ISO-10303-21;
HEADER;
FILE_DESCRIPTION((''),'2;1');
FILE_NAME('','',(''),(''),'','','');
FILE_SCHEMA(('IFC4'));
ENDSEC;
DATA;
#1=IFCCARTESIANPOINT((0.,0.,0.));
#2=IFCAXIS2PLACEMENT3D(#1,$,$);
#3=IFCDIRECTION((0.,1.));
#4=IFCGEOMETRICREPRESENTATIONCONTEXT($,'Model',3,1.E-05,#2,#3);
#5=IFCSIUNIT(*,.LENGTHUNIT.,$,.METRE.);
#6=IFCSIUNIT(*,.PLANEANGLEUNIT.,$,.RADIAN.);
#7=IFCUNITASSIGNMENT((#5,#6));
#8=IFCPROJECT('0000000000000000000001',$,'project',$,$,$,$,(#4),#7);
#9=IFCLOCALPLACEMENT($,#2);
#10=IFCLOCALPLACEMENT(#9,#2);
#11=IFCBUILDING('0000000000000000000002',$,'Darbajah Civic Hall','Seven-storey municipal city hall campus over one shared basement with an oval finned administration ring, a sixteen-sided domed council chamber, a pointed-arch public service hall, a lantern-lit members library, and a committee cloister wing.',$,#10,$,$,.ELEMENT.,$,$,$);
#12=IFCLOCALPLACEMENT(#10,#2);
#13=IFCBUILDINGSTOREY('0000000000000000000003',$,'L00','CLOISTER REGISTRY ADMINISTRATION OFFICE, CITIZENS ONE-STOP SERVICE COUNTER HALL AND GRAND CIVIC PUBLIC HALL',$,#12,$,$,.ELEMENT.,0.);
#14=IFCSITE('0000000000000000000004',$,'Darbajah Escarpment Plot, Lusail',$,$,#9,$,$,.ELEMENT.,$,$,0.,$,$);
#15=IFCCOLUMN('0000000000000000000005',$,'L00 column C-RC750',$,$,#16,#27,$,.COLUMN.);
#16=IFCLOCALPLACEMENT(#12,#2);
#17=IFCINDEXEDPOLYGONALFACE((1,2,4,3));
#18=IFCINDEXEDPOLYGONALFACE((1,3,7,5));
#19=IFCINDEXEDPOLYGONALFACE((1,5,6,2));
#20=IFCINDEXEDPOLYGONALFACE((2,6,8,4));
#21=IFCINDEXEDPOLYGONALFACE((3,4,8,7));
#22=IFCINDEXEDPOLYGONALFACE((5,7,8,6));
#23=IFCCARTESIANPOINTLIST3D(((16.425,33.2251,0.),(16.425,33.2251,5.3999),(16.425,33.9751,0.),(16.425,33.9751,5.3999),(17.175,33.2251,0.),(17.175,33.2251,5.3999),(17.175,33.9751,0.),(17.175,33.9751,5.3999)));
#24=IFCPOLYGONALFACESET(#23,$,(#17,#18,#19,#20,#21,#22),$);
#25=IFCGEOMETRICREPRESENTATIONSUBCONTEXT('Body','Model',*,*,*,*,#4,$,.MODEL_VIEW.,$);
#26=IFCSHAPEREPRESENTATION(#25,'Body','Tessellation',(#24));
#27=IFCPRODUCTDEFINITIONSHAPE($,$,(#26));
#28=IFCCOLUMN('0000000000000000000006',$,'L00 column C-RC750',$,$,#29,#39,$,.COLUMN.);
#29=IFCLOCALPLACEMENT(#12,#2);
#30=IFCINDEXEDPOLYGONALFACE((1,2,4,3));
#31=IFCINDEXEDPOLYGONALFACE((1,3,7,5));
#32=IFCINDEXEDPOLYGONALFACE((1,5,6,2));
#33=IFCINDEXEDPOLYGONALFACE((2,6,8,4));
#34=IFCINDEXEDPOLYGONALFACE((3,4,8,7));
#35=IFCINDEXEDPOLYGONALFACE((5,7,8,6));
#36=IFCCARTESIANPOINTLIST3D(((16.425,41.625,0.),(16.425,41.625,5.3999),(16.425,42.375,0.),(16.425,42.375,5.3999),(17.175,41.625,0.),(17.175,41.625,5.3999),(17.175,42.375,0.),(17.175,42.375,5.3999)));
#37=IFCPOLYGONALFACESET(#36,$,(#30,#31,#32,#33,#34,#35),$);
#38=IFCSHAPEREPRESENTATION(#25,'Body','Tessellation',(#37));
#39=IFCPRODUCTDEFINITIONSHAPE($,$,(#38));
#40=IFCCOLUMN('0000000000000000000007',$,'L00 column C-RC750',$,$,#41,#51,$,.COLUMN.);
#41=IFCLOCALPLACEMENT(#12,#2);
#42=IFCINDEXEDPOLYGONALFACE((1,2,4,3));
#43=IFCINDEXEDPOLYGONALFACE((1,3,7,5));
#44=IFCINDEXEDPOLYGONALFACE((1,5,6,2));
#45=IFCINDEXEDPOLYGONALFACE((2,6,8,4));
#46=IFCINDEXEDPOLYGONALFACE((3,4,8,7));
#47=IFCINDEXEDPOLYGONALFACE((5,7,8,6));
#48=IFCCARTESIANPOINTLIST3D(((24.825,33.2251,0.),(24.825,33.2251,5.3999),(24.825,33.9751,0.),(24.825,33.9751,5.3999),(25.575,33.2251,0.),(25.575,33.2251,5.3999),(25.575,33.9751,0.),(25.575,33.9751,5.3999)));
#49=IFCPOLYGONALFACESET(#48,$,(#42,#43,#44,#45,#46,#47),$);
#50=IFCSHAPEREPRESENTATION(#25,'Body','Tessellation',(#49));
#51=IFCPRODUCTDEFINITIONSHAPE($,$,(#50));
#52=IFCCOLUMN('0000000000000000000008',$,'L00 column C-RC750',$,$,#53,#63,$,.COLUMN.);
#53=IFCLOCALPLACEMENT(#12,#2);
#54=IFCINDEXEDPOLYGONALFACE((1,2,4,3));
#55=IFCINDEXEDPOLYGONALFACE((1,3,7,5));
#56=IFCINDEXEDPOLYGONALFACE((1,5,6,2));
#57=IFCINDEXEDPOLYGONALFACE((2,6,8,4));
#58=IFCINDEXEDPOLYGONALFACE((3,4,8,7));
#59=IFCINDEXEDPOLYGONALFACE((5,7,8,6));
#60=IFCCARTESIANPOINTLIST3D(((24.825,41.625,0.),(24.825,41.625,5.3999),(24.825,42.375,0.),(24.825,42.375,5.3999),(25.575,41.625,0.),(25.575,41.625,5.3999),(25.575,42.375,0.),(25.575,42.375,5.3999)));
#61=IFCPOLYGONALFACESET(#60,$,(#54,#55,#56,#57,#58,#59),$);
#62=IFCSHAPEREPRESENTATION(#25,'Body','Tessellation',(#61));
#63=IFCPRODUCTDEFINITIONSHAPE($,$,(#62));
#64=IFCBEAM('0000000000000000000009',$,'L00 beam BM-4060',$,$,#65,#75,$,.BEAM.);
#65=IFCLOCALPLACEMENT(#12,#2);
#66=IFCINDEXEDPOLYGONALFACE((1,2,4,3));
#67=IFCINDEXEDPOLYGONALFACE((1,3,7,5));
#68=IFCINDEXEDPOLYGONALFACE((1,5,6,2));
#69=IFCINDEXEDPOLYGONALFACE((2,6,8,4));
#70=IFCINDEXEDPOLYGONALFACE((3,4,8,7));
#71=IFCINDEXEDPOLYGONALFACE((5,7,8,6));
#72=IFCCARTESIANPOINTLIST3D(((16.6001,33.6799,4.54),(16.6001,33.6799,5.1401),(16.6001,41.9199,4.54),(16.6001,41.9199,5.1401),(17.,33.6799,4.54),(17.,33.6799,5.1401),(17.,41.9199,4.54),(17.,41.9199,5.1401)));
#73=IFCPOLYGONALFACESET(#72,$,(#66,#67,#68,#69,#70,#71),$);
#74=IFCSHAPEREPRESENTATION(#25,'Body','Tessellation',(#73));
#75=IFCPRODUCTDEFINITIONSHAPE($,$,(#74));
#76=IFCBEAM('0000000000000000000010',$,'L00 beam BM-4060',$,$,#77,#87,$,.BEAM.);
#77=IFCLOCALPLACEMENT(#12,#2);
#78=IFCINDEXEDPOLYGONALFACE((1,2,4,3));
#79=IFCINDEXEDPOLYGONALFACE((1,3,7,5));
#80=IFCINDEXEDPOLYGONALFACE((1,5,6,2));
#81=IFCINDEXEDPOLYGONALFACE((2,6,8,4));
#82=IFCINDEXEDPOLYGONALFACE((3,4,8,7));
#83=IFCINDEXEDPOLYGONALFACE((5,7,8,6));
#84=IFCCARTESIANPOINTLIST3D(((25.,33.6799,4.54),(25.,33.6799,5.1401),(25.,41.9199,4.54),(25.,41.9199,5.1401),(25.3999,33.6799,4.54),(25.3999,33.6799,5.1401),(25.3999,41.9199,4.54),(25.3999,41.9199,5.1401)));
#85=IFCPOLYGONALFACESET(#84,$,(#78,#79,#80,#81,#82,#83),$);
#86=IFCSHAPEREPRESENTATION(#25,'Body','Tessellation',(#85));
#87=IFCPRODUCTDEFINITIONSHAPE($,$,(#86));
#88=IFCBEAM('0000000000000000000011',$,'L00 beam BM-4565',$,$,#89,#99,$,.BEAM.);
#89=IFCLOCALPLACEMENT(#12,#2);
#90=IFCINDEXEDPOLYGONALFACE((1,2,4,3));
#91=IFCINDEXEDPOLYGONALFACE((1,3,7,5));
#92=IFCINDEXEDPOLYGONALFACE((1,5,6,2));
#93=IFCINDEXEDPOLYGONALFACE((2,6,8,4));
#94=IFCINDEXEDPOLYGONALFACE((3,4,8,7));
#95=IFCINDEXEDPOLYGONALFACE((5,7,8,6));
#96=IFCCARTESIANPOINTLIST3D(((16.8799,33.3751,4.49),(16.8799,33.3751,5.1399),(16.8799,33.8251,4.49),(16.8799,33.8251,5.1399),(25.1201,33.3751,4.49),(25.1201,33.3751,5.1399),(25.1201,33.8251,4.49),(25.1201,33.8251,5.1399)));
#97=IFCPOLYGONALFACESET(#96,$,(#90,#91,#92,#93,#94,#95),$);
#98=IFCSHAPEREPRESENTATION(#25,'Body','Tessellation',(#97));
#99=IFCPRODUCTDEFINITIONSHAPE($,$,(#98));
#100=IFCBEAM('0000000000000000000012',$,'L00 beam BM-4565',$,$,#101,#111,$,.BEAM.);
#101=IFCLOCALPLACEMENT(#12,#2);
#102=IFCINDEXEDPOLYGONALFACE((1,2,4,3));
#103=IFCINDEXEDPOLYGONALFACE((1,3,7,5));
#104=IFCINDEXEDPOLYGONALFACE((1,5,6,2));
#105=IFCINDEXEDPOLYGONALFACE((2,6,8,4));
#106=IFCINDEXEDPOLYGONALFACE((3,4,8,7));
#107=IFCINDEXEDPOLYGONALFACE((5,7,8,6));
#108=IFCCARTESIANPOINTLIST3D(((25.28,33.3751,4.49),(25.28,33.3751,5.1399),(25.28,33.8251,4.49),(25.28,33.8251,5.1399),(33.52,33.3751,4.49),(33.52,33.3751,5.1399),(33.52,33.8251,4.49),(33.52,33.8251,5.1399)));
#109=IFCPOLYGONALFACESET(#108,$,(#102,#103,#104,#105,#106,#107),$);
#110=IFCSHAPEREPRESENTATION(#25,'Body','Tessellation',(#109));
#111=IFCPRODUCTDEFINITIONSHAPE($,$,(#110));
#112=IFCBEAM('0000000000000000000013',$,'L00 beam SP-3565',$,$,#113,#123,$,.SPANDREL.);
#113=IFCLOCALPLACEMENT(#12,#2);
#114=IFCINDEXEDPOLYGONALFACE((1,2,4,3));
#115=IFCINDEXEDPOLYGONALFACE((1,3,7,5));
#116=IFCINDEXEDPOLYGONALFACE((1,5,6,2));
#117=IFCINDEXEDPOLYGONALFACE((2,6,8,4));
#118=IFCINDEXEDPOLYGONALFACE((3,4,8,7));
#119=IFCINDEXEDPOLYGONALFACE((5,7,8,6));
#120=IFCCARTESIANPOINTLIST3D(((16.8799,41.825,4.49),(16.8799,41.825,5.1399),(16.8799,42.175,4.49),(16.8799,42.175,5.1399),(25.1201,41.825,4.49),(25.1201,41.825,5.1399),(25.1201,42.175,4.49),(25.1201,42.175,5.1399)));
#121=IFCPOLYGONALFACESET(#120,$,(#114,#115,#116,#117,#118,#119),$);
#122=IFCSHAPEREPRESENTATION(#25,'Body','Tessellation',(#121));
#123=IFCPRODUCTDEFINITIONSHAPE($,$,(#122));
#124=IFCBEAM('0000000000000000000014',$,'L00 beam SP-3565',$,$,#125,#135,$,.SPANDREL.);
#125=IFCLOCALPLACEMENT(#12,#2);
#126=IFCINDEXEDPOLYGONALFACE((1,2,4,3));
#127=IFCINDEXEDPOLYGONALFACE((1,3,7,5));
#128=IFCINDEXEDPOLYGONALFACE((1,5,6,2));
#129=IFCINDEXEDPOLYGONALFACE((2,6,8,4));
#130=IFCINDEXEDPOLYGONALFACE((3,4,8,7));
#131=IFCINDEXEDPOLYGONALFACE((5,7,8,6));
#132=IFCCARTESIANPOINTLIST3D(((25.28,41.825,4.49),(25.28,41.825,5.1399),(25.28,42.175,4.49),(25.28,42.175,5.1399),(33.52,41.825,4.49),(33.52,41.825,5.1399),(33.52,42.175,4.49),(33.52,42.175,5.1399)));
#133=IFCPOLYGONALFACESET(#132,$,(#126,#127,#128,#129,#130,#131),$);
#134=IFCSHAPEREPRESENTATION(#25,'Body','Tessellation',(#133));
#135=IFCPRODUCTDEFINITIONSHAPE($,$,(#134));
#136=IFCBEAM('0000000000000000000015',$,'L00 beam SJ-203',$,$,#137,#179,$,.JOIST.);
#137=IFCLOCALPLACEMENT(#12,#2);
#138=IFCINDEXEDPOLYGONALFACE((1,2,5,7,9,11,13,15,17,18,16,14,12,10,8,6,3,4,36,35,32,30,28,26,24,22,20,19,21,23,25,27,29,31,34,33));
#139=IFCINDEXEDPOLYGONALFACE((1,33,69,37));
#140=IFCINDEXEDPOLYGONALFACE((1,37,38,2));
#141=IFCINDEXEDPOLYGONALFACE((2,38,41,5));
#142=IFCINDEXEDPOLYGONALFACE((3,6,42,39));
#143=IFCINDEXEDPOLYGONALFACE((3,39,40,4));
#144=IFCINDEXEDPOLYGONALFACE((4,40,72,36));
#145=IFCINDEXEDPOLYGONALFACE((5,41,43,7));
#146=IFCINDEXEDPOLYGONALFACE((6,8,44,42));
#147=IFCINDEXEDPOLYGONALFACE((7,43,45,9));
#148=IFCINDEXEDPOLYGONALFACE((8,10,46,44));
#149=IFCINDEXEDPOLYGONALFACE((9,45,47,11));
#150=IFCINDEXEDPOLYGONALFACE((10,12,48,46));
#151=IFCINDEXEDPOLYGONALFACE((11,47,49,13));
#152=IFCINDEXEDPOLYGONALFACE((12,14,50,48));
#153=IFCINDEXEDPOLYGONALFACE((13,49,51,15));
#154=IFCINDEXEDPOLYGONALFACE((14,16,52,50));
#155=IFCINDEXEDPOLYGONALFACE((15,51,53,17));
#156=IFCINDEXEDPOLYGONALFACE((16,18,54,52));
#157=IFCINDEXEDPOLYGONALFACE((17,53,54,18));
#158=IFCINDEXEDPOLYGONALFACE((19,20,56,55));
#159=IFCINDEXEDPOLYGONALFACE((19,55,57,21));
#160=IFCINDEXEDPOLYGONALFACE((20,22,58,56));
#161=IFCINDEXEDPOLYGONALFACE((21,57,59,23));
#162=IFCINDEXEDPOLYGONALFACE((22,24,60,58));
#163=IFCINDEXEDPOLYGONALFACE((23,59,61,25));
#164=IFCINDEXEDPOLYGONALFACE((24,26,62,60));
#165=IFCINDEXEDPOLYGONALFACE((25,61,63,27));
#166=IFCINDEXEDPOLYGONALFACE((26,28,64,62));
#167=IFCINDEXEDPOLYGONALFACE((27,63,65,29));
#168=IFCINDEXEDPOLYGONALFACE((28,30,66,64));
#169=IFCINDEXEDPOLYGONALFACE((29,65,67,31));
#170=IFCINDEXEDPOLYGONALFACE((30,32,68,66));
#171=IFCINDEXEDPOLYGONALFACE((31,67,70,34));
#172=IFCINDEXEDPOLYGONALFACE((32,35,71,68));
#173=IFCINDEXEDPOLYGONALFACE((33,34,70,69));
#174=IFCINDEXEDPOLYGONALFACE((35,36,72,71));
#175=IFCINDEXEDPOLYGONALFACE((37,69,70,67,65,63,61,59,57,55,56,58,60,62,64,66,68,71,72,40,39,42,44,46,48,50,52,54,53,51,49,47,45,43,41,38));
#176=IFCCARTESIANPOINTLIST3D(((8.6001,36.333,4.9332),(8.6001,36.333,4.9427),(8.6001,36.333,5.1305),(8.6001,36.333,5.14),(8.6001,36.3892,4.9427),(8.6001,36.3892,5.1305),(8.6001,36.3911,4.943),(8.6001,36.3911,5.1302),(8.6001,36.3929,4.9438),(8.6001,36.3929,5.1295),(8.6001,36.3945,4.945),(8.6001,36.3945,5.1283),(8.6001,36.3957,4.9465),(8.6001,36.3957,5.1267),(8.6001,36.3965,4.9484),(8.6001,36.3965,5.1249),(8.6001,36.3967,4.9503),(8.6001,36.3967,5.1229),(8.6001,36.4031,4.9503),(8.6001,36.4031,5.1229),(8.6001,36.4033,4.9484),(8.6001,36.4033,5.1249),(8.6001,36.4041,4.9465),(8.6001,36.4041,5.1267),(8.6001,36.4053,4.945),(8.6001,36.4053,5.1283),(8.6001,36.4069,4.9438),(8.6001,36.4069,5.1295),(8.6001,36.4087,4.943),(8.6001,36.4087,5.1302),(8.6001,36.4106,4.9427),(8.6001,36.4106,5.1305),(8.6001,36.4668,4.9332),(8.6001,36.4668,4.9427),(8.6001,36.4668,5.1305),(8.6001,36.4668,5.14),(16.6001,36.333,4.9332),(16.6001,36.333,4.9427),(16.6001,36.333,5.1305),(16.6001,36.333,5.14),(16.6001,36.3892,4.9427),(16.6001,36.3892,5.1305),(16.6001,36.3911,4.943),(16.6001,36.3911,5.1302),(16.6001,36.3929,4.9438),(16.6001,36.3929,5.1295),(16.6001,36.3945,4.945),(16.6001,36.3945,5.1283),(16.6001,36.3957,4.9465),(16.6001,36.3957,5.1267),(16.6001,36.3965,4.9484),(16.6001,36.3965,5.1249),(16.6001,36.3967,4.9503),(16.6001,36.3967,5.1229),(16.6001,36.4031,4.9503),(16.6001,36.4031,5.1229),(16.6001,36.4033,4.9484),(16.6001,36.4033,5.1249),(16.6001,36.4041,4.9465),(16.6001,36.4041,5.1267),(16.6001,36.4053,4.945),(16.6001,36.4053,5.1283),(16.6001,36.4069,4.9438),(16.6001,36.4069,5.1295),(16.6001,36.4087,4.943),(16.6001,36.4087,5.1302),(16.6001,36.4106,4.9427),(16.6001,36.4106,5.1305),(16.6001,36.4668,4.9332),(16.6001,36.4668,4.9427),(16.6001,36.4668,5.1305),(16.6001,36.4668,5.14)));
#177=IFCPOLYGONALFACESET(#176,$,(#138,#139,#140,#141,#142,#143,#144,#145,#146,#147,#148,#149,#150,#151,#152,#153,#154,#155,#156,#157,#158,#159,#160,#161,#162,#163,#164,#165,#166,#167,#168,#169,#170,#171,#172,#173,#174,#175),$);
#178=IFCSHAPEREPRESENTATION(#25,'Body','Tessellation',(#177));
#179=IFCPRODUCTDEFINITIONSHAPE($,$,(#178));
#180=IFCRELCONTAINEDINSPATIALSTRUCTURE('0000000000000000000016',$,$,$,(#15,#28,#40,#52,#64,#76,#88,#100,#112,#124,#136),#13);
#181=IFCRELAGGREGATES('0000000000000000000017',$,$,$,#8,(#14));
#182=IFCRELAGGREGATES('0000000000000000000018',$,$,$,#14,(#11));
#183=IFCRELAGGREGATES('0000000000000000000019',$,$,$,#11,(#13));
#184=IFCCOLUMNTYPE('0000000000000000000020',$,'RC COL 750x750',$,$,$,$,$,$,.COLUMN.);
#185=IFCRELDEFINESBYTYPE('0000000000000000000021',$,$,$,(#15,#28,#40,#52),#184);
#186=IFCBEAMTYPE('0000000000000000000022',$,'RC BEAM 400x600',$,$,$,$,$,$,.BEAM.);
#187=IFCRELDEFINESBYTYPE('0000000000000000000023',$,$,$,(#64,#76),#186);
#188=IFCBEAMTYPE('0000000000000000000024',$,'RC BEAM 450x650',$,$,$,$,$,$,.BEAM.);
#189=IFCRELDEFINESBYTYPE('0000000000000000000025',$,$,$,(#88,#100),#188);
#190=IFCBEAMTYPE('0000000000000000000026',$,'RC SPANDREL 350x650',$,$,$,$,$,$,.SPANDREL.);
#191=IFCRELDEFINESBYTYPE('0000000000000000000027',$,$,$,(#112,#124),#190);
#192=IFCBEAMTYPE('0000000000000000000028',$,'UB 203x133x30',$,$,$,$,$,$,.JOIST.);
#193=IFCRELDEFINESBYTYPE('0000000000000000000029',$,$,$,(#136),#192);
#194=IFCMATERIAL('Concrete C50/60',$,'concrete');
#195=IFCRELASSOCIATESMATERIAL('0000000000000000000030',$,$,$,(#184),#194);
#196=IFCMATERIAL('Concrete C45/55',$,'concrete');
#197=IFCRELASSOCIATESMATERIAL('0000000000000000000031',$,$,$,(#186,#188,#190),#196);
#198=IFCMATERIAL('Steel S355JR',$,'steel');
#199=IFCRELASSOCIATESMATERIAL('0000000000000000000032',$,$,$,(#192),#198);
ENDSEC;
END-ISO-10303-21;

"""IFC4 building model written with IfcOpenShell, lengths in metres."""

from ifc_helpers import new_model, si_unit, direction, frame, origin, origin_2d, place, context, subcontext, project, spatial, rectangle, i_section, extrude, material, material_profile, profile_set, type_object, element, save


model = new_model("IFC4")

# Units and contexts
model_context = context("Model", 3, precision=1e-05, world=origin(), true_north=direction((0.0, 1.0)))
body_context = subcontext(model_context, "Body", "Model", "MODEL_VIEW")
ifc_project = project(units=[si_unit("LENGTHUNIT", "METRE"), si_unit("PLANEANGLEUNIT", "RADIAN")], contexts=[model_context])

# Site, building, storey
site_placement = place(None, origin())
site = spatial("IfcSite", under=ifc_project, at=site_placement, Name="Darbajah Escarpment Plot, Lusail", CompositionType="ELEMENT", RefElevation=0.0)
building_placement = place(site_placement, origin())
building = spatial("IfcBuilding", under=site, at=building_placement, Name="Darbajah Civic Hall", Description="Seven-storey municipal city hall campus over one shared basement with an oval finned administration ring, a sixteen-sided domed council chamber, a pointed-arch public service hall, a lantern-lit members library, and a committee cloister wing.", CompositionType="ELEMENT")
storey_placement = place(building_placement, origin())
storey = spatial("IfcBuildingStorey", under=building, at=storey_placement, Name="L00", Description="CLOISTER REGISTRY ADMINISTRATION OFFICE, CITIZENS ONE-STOP SERVICE COUNTER HALL AND GRAND CIVIC PUBLIC HALL", CompositionType="ELEMENT", Elevation=0.0)

# Columns
ifc_material_1 = material(Name="Concrete C50/60", Category="concrete")
ifc_material_profile_1 = material_profile(ifc_material_1, rectangle(XDim=0.75, YDim=0.75, at=origin_2d()), Name="RC COL 750x750")
ifc_profile_set_1 = profile_set([ifc_material_profile_1], Name="Concrete C50/60")
column_type = type_object("IfcColumnType", Name="RC COL 750x750", PredefinedType="COLUMN", material=ifc_profile_set_1)
for number, where, z_axis, x_axis, name in (
    (1, (16.8, 33.6001, 0.0), (0.0, 0.0, 1.0), (1.0, 0.0, 0.0), "L00 column C-RC750"),
    (2, (16.8, 42.0, 0.0), (0.0, 0.0, 1.0), (1.0, 0.0, 0.0), "L00 column C-RC750"),
    (3, (25.2, 33.6001, 0.0), (0.0, 0.0, 1.0), (1.0, 0.0, 0.0), "L00 column C-RC750"),
    (4, (25.2, 42.0, 0.0), (0.0, 0.0, 1.0), (1.0, 0.0, 0.0), "L00 column C-RC750"),
):
    element("IfcColumn", number, at=place(storey_placement, frame(where, z_axis=z_axis, x_axis=x_axis)), inside=storey, type_object=column_type, Name=name, PredefinedType="COLUMN", context=body_context, shape_type="SweptSolid", body=[
        extrude(rectangle(XDim=0.75, YDim=0.75, at=origin_2d()), origin(), (0.0, 0.0, 1.0), 5.3999),
    ])

# Beams
ifc_material_2 = material(Name="Concrete C45/55", Category="concrete")
ifc_material_profile_2 = material_profile(ifc_material_2, rectangle(XDim=0.3999, YDim=0.6001, at=origin_2d()), Name="RC BEAM 400x600")
ifc_profile_set_2 = profile_set([ifc_material_profile_2], Name="Concrete C45/55")
beam_type_1 = type_object("IfcBeamType", Name="RC BEAM 400x600", PredefinedType="BEAM", material=ifc_profile_set_2)
for number, where, z_axis, x_axis, name in (
    (5, (16.8, 33.6799, 4.8401), (0.0, 1.0, 0.0), (-1.0, 0.0, 0.0), "L00 beam BM-4060"),
    (6, (25.2, 33.6799, 4.8401), (0.0, 1.0, 0.0), (-1.0, 0.0, 0.0), "L00 beam BM-4060"),
):
    element("IfcBeam", number, at=place(storey_placement, frame(where, z_axis=z_axis, x_axis=x_axis)), inside=storey, type_object=beam_type_1, Name=name, PredefinedType="BEAM", context=body_context, shape_type="SweptSolid", body=[
        extrude(rectangle(XDim=0.3999, YDim=0.6001, at=origin_2d()), origin(), (0.0, 0.0, 1.0), 8.24),
    ])
ifc_material_profile_3 = material_profile(ifc_material_2, rectangle(XDim=0.45, YDim=0.6499, at=origin_2d()), Name="RC BEAM 450x650")
ifc_profile_set_3 = profile_set([ifc_material_profile_3], Name="Concrete C45/55")
beam_type_2 = type_object("IfcBeamType", Name="RC BEAM 450x650", PredefinedType="BEAM", material=ifc_profile_set_3)
beam_1_placement = place(storey_placement, frame((16.8799, 33.6001, 4.8149), z_axis=(1.0, 0.0, 0.0), x_axis=(0.0, 1.0, 0.0)))
element("IfcBeam", 7, at=beam_1_placement, inside=storey, type_object=beam_type_2, Name="L00 beam BM-4565", PredefinedType="BEAM", context=body_context, shape_type="SweptSolid", body=[
    extrude(rectangle(XDim=0.45, YDim=0.6499, at=origin_2d()), origin(), (0.0, 0.0, 1.0), 8.2402),
])
beam_2_placement = place(storey_placement, frame((25.28, 33.6001, 4.8149), z_axis=(1.0, 0.0, 0.0), x_axis=(0.0, 1.0, 0.0)))
element("IfcBeam", 8, at=beam_2_placement, inside=storey, type_object=beam_type_2, Name="L00 beam BM-4565", PredefinedType="BEAM", context=body_context, shape_type="SweptSolid", body=[
    extrude(rectangle(XDim=0.45, YDim=0.6499, at=origin_2d()), origin(), (0.0, 0.0, 1.0), 8.24),
])
ifc_material_profile_4 = material_profile(ifc_material_2, rectangle(XDim=0.3501, YDim=0.6499, at=origin_2d()), Name="RC SPANDREL 350x650")
ifc_profile_set_4 = profile_set([ifc_material_profile_4], Name="Concrete C45/55")
beam_type_3 = type_object("IfcBeamType", Name="RC SPANDREL 350x650", PredefinedType="SPANDREL", material=ifc_profile_set_4)
beam_3_placement = place(storey_placement, frame((16.8799, 42.0, 4.8149), z_axis=(1.0, 0.0, 0.0), x_axis=(0.0, 1.0, 0.0)))
element("IfcBeam", 9, at=beam_3_placement, inside=storey, type_object=beam_type_3, Name="L00 beam SP-3565", PredefinedType="SPANDREL", context=body_context, shape_type="SweptSolid", body=[
    extrude(rectangle(XDim=0.3501, YDim=0.6499, at=origin_2d()), origin(), (0.0, 0.0, 1.0), 8.2402),
])
beam_4_placement = place(storey_placement, frame((25.28, 42.0, 4.8149), z_axis=(1.0, 0.0, 0.0), x_axis=(0.0, 1.0, 0.0)))
element("IfcBeam", 10, at=beam_4_placement, inside=storey, type_object=beam_type_3, Name="L00 beam SP-3565", PredefinedType="SPANDREL", context=body_context, shape_type="SweptSolid", body=[
    extrude(rectangle(XDim=0.3501, YDim=0.6499, at=origin_2d()), origin(), (0.0, 0.0, 1.0), 8.24),
])
ifc_material_3 = material(Name="Steel S355JR", Category="steel")
ifc_material_profile_5 = material_profile(ifc_material_3, i_section(OverallWidth=0.1338, OverallDepth=0.2068, WebThickness=0.0063, FlangeThickness=0.0095, FilletRadius=0.0076, at=origin_2d()), Name="UB 203x133x30")
ifc_profile_set_5 = profile_set([ifc_material_profile_5], Name="Steel S355JR")
beam_type_4 = type_object("IfcBeamType", Name="UB 203x133x30", PredefinedType="JOIST", material=ifc_profile_set_5)
for number, where, z_axis, x_axis, name in (
    (11, (8.6001, 36.3999, 5.0366), (1.0, 0.0, 0.0), (0.0, 1.0, 0.0), "L00 beam SJ-203"),
):
    element("IfcBeam", number, at=place(storey_placement, frame(where, z_axis=z_axis, x_axis=x_axis)), inside=storey, type_object=beam_type_4, Name=name, PredefinedType="JOIST", context=body_context, shape_type="SweptSolid", body=[
        extrude(i_section(OverallWidth=0.1338, OverallDepth=0.2068, WebThickness=0.0063, FlangeThickness=0.0095, FilletRadius=0.0076, at=origin_2d()), origin(), (0.0, 0.0, 1.0), 8.0),
    ])

save(model, "model.ifc")
